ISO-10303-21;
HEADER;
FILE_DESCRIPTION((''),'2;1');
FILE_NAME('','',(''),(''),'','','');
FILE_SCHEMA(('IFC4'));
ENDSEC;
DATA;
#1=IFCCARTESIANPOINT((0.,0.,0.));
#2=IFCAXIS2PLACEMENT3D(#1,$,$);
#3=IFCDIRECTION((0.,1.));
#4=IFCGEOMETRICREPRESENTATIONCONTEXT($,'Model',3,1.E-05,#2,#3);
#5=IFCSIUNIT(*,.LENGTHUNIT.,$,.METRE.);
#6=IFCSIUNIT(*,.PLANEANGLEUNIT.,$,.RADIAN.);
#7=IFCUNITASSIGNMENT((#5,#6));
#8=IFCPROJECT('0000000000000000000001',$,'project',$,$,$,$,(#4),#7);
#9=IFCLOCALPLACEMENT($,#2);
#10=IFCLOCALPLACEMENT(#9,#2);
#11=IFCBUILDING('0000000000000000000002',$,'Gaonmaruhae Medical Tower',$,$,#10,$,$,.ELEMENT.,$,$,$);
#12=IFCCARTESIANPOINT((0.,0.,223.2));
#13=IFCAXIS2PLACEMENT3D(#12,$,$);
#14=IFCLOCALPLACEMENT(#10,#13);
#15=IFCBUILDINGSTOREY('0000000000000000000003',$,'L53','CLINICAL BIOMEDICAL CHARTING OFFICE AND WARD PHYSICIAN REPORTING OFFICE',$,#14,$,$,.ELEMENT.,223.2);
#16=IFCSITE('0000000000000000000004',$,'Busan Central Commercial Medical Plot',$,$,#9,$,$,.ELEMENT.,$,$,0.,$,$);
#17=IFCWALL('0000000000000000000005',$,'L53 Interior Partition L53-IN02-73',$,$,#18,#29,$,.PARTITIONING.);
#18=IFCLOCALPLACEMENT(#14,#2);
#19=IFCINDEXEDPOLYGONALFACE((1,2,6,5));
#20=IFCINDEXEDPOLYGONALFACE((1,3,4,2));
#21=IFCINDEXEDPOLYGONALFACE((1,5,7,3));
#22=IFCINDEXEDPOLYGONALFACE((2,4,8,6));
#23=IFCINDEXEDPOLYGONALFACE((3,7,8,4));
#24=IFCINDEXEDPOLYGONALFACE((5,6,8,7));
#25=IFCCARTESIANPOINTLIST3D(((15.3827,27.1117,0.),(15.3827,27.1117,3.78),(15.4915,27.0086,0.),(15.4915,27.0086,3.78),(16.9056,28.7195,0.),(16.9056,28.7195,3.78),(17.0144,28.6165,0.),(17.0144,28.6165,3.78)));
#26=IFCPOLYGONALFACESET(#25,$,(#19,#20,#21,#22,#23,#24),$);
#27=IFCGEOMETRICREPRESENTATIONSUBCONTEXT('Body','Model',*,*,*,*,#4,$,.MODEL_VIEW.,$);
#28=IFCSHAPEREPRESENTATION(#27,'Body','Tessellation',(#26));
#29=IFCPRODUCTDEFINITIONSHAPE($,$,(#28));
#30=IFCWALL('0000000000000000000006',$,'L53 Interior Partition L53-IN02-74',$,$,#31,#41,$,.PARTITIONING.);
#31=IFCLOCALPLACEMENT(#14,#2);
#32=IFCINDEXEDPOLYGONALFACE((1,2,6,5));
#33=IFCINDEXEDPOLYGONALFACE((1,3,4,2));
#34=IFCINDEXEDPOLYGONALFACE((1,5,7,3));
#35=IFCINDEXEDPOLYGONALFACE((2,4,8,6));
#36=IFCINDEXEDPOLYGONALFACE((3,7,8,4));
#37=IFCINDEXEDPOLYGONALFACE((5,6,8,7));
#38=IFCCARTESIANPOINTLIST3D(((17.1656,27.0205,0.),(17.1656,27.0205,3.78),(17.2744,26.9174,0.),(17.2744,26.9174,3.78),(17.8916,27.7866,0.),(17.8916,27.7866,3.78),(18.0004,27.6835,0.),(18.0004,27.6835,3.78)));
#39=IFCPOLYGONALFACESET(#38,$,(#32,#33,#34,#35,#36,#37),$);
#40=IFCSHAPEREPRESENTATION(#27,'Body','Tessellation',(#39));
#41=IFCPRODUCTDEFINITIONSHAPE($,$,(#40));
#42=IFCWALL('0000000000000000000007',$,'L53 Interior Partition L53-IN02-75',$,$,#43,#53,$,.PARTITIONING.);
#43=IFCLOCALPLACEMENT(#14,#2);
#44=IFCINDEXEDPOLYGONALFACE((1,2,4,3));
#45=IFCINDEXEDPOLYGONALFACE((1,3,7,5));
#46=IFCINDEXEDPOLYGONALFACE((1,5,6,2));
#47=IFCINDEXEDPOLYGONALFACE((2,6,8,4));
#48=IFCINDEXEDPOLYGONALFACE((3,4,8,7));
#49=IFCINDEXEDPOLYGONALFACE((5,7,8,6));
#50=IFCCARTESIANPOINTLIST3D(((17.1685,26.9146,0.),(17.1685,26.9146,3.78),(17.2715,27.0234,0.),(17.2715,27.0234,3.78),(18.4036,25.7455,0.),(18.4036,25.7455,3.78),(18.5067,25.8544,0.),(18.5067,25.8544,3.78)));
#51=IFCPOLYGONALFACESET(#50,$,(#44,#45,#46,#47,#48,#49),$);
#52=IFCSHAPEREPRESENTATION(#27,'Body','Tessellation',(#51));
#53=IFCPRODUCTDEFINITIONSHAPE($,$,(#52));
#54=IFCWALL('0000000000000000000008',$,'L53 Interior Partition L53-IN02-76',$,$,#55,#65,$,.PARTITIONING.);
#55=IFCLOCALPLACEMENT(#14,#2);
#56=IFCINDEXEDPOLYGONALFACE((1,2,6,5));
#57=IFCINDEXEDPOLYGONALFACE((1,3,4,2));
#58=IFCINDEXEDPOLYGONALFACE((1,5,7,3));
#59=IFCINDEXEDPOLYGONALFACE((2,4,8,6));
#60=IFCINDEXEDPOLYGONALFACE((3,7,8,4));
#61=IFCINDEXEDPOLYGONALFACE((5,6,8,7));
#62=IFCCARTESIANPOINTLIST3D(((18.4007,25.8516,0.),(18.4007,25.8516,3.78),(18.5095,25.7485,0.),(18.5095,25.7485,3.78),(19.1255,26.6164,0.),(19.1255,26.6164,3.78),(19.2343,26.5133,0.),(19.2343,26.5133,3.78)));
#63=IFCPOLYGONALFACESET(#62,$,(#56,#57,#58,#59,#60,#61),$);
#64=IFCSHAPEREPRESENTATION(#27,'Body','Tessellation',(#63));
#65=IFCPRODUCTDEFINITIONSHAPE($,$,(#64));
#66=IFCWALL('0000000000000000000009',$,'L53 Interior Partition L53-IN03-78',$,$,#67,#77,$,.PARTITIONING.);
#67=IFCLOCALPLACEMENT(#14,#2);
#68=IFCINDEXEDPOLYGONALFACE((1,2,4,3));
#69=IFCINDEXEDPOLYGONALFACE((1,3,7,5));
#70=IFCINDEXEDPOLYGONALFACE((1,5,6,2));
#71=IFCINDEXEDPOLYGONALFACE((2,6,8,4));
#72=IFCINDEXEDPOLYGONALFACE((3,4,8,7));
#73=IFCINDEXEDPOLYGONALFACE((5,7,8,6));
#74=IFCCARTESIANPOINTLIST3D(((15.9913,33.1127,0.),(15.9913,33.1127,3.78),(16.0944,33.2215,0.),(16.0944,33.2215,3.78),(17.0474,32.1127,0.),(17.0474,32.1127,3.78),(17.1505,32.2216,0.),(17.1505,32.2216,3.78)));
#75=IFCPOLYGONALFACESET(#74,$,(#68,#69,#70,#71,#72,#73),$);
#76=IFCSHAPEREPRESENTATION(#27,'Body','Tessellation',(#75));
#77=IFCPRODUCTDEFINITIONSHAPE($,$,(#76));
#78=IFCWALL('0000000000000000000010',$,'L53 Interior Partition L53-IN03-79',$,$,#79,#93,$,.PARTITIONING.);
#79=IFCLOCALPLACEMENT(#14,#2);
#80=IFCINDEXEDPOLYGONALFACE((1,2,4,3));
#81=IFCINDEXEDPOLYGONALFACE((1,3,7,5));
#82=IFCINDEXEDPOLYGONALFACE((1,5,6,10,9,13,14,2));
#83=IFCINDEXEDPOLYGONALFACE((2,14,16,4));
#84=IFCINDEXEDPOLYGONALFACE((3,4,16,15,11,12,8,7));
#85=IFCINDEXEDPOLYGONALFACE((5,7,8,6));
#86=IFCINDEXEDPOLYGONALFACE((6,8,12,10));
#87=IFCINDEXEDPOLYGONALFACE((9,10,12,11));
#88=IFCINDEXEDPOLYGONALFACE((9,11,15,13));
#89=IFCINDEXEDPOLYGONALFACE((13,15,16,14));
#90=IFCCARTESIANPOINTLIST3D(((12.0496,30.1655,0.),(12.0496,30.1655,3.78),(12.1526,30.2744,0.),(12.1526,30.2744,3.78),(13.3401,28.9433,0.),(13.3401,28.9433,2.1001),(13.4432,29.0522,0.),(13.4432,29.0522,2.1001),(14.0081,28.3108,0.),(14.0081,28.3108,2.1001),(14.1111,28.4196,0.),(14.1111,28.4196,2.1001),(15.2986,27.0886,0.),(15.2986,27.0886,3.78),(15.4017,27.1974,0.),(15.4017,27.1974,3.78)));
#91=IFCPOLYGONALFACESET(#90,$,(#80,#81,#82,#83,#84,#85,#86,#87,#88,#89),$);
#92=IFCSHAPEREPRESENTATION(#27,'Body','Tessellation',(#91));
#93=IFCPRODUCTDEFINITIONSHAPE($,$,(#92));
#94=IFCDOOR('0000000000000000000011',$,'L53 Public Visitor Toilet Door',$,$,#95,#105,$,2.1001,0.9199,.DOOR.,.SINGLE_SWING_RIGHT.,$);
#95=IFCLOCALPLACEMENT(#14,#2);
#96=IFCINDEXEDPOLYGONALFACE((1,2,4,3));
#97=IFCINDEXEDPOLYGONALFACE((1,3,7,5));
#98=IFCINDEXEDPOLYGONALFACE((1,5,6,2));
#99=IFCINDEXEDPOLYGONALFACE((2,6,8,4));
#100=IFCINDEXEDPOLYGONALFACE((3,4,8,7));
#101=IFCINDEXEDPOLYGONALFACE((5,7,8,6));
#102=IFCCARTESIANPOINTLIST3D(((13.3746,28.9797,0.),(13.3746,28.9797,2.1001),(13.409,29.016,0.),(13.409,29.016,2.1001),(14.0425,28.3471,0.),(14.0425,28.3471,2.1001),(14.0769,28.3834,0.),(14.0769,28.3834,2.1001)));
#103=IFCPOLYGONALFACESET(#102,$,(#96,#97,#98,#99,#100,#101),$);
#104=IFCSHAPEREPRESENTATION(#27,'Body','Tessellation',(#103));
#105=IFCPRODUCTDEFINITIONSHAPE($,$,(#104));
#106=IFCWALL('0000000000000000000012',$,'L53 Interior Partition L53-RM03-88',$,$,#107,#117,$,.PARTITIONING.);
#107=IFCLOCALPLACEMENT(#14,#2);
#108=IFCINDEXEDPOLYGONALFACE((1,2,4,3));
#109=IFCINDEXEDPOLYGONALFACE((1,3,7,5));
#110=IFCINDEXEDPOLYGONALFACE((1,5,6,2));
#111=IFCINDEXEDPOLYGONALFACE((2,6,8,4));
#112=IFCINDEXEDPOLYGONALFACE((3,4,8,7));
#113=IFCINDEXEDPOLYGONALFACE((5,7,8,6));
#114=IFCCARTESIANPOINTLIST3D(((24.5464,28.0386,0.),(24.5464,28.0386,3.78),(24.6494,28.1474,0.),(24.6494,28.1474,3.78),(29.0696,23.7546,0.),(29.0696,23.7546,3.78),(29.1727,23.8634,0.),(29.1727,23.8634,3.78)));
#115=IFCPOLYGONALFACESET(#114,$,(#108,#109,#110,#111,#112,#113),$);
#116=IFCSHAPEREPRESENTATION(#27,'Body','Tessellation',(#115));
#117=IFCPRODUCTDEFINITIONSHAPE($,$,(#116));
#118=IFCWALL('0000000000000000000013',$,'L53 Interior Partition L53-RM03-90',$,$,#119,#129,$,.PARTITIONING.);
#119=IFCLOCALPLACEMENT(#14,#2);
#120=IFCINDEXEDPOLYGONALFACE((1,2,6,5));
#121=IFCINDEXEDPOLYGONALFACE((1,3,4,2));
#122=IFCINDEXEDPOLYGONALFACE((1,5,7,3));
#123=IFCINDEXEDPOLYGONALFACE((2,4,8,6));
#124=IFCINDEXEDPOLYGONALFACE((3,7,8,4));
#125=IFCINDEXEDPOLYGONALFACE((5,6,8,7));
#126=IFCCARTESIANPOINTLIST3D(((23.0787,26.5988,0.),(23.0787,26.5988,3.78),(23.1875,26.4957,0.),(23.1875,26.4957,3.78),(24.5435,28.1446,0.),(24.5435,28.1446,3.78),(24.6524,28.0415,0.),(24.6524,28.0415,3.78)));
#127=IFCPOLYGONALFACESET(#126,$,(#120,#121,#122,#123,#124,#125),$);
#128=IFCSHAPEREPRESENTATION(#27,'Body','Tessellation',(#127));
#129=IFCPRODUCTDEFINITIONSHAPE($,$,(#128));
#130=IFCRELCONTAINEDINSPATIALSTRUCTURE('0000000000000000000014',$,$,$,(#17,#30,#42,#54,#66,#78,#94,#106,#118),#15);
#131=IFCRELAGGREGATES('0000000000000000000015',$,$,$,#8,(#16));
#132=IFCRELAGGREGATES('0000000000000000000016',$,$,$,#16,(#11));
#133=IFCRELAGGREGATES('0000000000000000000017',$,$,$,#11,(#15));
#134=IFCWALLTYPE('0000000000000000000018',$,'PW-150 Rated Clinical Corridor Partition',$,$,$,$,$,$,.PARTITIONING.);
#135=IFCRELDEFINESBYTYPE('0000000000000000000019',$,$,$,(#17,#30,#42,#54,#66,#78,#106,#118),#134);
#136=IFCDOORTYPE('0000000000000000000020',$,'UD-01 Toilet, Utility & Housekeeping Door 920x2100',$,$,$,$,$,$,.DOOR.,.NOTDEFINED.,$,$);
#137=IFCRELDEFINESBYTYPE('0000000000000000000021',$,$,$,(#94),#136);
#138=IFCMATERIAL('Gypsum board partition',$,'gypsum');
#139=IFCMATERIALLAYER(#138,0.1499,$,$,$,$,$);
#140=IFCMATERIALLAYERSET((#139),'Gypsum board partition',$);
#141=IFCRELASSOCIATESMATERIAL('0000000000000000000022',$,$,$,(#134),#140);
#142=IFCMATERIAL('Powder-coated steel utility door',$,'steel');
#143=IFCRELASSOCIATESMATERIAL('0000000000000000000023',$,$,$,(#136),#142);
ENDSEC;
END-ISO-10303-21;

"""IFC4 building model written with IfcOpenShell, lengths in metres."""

from ifc_helpers import new_model, si_unit, direction, frame, frame_2d, origin, place, context, subcontext, project, spatial, rectangle, extrude, material, layer, layer_set, type_object, element, fill, save


model = new_model("IFC4")

# Units and contexts
model_context = context("Model", 3, precision=1e-05, world=origin(), true_north=direction((0.0, 1.0)))
body_context = subcontext(model_context, "Body", "Model", "MODEL_VIEW")
ifc_project = project(units=[si_unit("LENGTHUNIT", "METRE"), si_unit("PLANEANGLEUNIT", "RADIAN")], contexts=[model_context])

# Site, building, storey
site_placement = place(None, origin())
site = spatial("IfcSite", under=ifc_project, at=site_placement, Name="Busan Central Commercial Medical Plot", CompositionType="ELEMENT", RefElevation=0.0)
building_placement = place(site_placement, origin())
building = spatial("IfcBuilding", under=site, at=building_placement, Name="Gaonmaruhae Medical Tower", CompositionType="ELEMENT")
storey_placement = place(building_placement, frame((0.0, 0.0, 223.2)))
storey = spatial("IfcBuildingStorey", under=building, at=storey_placement, Name="L53", Description="CLINICAL BIOMEDICAL CHARTING OFFICE AND WARD PHYSICIAN REPORTING OFFICE", CompositionType="ELEMENT", Elevation=223.2)

# Walls
ifc_material_1 = material(Name="Gypsum board partition", Category="gypsum")
ifc_layer_1 = layer(ifc_material_1, 0.1499)
ifc_layer_set_1 = layer_set([ifc_layer_1], Name="Gypsum board partition")
wall_type_1 = type_object("IfcWallType", Name="PW-150 Rated Clinical Corridor Partition", PredefinedType="PARTITIONING", material=ifc_layer_set_1)
wall_1_placement = place(storey_placement, frame((15.437, 27.0601, 0.0), z_axis=(0.0, 0.0, 1.0), x_axis=(0.687665, 0.726028, 0.0)))
element("IfcWall", 1, at=wall_1_placement, inside=storey, type_object=wall_type_1, Name="L53 Interior Partition L53-IN02-73", PredefinedType="PARTITIONING", context=body_context, shape_type="SweptSolid", body=[
    extrude(rectangle(XDim=2.2146, YDim=0.1499, at=frame_2d((1.1074, 0.0))), origin(), (0.0, 0.0, 1.0), 3.78),
])
wall_2_placement = place(storey_placement, frame((17.946, 27.7351, 0.0), z_axis=(0.0, 0.0, 1.0), x_axis=(-0.687886, -0.725819, 0.0)))
element("IfcWall", 2, at=wall_2_placement, inside=storey, type_object=wall_type_1, Name="L53 Interior Partition L53-IN02-74", PredefinedType="PARTITIONING", context=body_context, shape_type="SweptSolid", body=[
    extrude(rectangle(XDim=1.0554, YDim=0.1499, at=frame_2d((0.5278, 0.0))), origin(), (0.0, 0.0, 1.0), 3.78),
])
wall_3_placement = place(storey_placement, frame((17.22, 26.969, 0.0), z_axis=(0.0, 0.0, 1.0), x_axis=(0.726292, -0.687386, 0.0)))
element("IfcWall", 3, at=wall_3_placement, inside=storey, type_object=wall_type_1, Name="L53 Interior Partition L53-IN02-75", PredefinedType="PARTITIONING", context=body_context, shape_type="SweptSolid", body=[
    extrude(rectangle(XDim=1.7007, YDim=0.1499, at=frame_2d((0.8503, 0.0))), origin(), (0.0, 0.0, 1.0), 3.78),
])
wall_4_placement = place(storey_placement, frame((18.4551, 25.8, 0.0), z_axis=(0.0, 0.0, 1.0), x_axis=(0.687854, 0.725849, 0.0)))
element("IfcWall", 4, at=wall_4_placement, inside=storey, type_object=wall_type_1, Name="L53 Interior Partition L53-IN02-76", PredefinedType="PARTITIONING", context=body_context, shape_type="SweptSolid", body=[
    extrude(rectangle(XDim=1.0537, YDim=0.1499, at=frame_2d((0.5269, 0.0))), origin(), (0.0, 0.0, 1.0), 3.78),
])
wall_5_placement = place(storey_placement, frame((16.043, 33.167, 0.0), z_axis=(0.0, 0.0, 1.0), x_axis=(0.726147, -0.68754, 0.0)))
element("IfcWall", 5, at=wall_5_placement, inside=storey, type_object=wall_type_1, Name="L53 Interior Partition L53-IN03-78", PredefinedType="PARTITIONING", context=body_context, shape_type="SweptSolid", body=[
    extrude(rectangle(XDim=1.4543, YDim=0.1499, at=frame_2d((0.7271, 0.0))), origin(), (0.0, 0.0, 1.0), 3.78),
])

# Wall, opening, door
wall_6_placement = place(storey_placement, frame((15.3501, 27.1431, 0.0), z_axis=(0.0, 0.0, 1.0), x_axis=(-0.726077, 0.687613, 0.0)))
wall_6 = element("IfcWall", 6, at=wall_6_placement, inside=storey, type_object=wall_type_1, Name="L53 Interior Partition L53-IN03-79", PredefinedType="PARTITIONING", context=body_context, shape_type="SweptSolid", body=[
    extrude(rectangle(XDim=4.4749, YDim=0.1499, at=frame_2d((2.2373, 0.0))), origin(), (0.0, 0.0, 1.0), 3.78),
])
opening_1_placement = place(wall_6_placement, frame((1.7773, 0.0, 0.0)))
opening_1 = element("IfcOpeningElement", 7, at=opening_1_placement, cuts=wall_6, PredefinedType="OPENING", context=body_context, shape_type="SweptSolid", body=[
    extrude(rectangle(XDim=0.9199, YDim=2.1001, at=frame_2d((0.46, 1.05))), frame((0.0, 0.085, 0.0), z_axis=(0.0, -1.0, 0.0), x_axis=(1.0, 0.0, 0.0)), (0.0, 0.0, 1.0), 0.1699),
])
ifc_material_2 = material(Name="Powder-coated steel utility door", Category="steel")
door_type_1 = type_object("IfcDoorType", Name="UD-01 Toilet, Utility & Housekeeping Door 920x2100", OperationType="NOTDEFINED", PredefinedType="DOOR", material=ifc_material_2)
door_1_placement = place(opening_1_placement, origin())
door_1 = element("IfcDoor", 8, at=door_1_placement, inside=storey, type_object=door_type_1, Name="L53 Public Visitor Toilet Door", OperationType="SINGLE_SWING_RIGHT", OverallHeight=2.1001, OverallWidth=0.9199, PredefinedType="DOOR", context=body_context, shape_type="SweptSolid", body=[
    extrude(rectangle(XDim=0.9199, YDim=2.1001, at=frame_2d((0.46, 1.05))), frame((0.0, 0.0249, 0.0), z_axis=(0.0, -1.0, 0.0), x_axis=(1.0, 0.0, 0.0)), (0.0, 0.0, 1.0), 0.05),
])
fill(opening_1, door_1)

# Walls
wall_7_placement = place(storey_placement, frame((24.5979, 28.093, 0.0), z_axis=(0.0, 0.0, 1.0), x_axis=(0.726048, -0.687644, 0.0)))
element("IfcWall", 9, at=wall_7_placement, inside=storey, type_object=wall_type_1, Name="L53 Interior Partition L53-RM03-88", PredefinedType="PARTITIONING", context=body_context, shape_type="SweptSolid", body=[
    extrude(rectangle(XDim=6.23, YDim=0.1499, at=frame_2d((3.115, 0.0))), origin(), (0.0, 0.0, 1.0), 3.78),
])
wall_8_placement = place(storey_placement, frame((23.1331, 26.5471, 0.0), z_axis=(0.0, 0.0, 1.0), x_axis=(0.687821, 0.72588, 0.0)))
element("IfcWall", 10, at=wall_8_placement, inside=storey, type_object=wall_type_1, Name="L53 Interior Partition L53-RM03-90", PredefinedType="PARTITIONING", context=body_context, shape_type="SweptSolid", body=[
    extrude(rectangle(XDim=2.1296, YDim=0.1499, at=frame_2d((1.0649, 0.0))), origin(), (0.0, 0.0, 1.0), 3.78),
])

save(model, "model.ifc")
